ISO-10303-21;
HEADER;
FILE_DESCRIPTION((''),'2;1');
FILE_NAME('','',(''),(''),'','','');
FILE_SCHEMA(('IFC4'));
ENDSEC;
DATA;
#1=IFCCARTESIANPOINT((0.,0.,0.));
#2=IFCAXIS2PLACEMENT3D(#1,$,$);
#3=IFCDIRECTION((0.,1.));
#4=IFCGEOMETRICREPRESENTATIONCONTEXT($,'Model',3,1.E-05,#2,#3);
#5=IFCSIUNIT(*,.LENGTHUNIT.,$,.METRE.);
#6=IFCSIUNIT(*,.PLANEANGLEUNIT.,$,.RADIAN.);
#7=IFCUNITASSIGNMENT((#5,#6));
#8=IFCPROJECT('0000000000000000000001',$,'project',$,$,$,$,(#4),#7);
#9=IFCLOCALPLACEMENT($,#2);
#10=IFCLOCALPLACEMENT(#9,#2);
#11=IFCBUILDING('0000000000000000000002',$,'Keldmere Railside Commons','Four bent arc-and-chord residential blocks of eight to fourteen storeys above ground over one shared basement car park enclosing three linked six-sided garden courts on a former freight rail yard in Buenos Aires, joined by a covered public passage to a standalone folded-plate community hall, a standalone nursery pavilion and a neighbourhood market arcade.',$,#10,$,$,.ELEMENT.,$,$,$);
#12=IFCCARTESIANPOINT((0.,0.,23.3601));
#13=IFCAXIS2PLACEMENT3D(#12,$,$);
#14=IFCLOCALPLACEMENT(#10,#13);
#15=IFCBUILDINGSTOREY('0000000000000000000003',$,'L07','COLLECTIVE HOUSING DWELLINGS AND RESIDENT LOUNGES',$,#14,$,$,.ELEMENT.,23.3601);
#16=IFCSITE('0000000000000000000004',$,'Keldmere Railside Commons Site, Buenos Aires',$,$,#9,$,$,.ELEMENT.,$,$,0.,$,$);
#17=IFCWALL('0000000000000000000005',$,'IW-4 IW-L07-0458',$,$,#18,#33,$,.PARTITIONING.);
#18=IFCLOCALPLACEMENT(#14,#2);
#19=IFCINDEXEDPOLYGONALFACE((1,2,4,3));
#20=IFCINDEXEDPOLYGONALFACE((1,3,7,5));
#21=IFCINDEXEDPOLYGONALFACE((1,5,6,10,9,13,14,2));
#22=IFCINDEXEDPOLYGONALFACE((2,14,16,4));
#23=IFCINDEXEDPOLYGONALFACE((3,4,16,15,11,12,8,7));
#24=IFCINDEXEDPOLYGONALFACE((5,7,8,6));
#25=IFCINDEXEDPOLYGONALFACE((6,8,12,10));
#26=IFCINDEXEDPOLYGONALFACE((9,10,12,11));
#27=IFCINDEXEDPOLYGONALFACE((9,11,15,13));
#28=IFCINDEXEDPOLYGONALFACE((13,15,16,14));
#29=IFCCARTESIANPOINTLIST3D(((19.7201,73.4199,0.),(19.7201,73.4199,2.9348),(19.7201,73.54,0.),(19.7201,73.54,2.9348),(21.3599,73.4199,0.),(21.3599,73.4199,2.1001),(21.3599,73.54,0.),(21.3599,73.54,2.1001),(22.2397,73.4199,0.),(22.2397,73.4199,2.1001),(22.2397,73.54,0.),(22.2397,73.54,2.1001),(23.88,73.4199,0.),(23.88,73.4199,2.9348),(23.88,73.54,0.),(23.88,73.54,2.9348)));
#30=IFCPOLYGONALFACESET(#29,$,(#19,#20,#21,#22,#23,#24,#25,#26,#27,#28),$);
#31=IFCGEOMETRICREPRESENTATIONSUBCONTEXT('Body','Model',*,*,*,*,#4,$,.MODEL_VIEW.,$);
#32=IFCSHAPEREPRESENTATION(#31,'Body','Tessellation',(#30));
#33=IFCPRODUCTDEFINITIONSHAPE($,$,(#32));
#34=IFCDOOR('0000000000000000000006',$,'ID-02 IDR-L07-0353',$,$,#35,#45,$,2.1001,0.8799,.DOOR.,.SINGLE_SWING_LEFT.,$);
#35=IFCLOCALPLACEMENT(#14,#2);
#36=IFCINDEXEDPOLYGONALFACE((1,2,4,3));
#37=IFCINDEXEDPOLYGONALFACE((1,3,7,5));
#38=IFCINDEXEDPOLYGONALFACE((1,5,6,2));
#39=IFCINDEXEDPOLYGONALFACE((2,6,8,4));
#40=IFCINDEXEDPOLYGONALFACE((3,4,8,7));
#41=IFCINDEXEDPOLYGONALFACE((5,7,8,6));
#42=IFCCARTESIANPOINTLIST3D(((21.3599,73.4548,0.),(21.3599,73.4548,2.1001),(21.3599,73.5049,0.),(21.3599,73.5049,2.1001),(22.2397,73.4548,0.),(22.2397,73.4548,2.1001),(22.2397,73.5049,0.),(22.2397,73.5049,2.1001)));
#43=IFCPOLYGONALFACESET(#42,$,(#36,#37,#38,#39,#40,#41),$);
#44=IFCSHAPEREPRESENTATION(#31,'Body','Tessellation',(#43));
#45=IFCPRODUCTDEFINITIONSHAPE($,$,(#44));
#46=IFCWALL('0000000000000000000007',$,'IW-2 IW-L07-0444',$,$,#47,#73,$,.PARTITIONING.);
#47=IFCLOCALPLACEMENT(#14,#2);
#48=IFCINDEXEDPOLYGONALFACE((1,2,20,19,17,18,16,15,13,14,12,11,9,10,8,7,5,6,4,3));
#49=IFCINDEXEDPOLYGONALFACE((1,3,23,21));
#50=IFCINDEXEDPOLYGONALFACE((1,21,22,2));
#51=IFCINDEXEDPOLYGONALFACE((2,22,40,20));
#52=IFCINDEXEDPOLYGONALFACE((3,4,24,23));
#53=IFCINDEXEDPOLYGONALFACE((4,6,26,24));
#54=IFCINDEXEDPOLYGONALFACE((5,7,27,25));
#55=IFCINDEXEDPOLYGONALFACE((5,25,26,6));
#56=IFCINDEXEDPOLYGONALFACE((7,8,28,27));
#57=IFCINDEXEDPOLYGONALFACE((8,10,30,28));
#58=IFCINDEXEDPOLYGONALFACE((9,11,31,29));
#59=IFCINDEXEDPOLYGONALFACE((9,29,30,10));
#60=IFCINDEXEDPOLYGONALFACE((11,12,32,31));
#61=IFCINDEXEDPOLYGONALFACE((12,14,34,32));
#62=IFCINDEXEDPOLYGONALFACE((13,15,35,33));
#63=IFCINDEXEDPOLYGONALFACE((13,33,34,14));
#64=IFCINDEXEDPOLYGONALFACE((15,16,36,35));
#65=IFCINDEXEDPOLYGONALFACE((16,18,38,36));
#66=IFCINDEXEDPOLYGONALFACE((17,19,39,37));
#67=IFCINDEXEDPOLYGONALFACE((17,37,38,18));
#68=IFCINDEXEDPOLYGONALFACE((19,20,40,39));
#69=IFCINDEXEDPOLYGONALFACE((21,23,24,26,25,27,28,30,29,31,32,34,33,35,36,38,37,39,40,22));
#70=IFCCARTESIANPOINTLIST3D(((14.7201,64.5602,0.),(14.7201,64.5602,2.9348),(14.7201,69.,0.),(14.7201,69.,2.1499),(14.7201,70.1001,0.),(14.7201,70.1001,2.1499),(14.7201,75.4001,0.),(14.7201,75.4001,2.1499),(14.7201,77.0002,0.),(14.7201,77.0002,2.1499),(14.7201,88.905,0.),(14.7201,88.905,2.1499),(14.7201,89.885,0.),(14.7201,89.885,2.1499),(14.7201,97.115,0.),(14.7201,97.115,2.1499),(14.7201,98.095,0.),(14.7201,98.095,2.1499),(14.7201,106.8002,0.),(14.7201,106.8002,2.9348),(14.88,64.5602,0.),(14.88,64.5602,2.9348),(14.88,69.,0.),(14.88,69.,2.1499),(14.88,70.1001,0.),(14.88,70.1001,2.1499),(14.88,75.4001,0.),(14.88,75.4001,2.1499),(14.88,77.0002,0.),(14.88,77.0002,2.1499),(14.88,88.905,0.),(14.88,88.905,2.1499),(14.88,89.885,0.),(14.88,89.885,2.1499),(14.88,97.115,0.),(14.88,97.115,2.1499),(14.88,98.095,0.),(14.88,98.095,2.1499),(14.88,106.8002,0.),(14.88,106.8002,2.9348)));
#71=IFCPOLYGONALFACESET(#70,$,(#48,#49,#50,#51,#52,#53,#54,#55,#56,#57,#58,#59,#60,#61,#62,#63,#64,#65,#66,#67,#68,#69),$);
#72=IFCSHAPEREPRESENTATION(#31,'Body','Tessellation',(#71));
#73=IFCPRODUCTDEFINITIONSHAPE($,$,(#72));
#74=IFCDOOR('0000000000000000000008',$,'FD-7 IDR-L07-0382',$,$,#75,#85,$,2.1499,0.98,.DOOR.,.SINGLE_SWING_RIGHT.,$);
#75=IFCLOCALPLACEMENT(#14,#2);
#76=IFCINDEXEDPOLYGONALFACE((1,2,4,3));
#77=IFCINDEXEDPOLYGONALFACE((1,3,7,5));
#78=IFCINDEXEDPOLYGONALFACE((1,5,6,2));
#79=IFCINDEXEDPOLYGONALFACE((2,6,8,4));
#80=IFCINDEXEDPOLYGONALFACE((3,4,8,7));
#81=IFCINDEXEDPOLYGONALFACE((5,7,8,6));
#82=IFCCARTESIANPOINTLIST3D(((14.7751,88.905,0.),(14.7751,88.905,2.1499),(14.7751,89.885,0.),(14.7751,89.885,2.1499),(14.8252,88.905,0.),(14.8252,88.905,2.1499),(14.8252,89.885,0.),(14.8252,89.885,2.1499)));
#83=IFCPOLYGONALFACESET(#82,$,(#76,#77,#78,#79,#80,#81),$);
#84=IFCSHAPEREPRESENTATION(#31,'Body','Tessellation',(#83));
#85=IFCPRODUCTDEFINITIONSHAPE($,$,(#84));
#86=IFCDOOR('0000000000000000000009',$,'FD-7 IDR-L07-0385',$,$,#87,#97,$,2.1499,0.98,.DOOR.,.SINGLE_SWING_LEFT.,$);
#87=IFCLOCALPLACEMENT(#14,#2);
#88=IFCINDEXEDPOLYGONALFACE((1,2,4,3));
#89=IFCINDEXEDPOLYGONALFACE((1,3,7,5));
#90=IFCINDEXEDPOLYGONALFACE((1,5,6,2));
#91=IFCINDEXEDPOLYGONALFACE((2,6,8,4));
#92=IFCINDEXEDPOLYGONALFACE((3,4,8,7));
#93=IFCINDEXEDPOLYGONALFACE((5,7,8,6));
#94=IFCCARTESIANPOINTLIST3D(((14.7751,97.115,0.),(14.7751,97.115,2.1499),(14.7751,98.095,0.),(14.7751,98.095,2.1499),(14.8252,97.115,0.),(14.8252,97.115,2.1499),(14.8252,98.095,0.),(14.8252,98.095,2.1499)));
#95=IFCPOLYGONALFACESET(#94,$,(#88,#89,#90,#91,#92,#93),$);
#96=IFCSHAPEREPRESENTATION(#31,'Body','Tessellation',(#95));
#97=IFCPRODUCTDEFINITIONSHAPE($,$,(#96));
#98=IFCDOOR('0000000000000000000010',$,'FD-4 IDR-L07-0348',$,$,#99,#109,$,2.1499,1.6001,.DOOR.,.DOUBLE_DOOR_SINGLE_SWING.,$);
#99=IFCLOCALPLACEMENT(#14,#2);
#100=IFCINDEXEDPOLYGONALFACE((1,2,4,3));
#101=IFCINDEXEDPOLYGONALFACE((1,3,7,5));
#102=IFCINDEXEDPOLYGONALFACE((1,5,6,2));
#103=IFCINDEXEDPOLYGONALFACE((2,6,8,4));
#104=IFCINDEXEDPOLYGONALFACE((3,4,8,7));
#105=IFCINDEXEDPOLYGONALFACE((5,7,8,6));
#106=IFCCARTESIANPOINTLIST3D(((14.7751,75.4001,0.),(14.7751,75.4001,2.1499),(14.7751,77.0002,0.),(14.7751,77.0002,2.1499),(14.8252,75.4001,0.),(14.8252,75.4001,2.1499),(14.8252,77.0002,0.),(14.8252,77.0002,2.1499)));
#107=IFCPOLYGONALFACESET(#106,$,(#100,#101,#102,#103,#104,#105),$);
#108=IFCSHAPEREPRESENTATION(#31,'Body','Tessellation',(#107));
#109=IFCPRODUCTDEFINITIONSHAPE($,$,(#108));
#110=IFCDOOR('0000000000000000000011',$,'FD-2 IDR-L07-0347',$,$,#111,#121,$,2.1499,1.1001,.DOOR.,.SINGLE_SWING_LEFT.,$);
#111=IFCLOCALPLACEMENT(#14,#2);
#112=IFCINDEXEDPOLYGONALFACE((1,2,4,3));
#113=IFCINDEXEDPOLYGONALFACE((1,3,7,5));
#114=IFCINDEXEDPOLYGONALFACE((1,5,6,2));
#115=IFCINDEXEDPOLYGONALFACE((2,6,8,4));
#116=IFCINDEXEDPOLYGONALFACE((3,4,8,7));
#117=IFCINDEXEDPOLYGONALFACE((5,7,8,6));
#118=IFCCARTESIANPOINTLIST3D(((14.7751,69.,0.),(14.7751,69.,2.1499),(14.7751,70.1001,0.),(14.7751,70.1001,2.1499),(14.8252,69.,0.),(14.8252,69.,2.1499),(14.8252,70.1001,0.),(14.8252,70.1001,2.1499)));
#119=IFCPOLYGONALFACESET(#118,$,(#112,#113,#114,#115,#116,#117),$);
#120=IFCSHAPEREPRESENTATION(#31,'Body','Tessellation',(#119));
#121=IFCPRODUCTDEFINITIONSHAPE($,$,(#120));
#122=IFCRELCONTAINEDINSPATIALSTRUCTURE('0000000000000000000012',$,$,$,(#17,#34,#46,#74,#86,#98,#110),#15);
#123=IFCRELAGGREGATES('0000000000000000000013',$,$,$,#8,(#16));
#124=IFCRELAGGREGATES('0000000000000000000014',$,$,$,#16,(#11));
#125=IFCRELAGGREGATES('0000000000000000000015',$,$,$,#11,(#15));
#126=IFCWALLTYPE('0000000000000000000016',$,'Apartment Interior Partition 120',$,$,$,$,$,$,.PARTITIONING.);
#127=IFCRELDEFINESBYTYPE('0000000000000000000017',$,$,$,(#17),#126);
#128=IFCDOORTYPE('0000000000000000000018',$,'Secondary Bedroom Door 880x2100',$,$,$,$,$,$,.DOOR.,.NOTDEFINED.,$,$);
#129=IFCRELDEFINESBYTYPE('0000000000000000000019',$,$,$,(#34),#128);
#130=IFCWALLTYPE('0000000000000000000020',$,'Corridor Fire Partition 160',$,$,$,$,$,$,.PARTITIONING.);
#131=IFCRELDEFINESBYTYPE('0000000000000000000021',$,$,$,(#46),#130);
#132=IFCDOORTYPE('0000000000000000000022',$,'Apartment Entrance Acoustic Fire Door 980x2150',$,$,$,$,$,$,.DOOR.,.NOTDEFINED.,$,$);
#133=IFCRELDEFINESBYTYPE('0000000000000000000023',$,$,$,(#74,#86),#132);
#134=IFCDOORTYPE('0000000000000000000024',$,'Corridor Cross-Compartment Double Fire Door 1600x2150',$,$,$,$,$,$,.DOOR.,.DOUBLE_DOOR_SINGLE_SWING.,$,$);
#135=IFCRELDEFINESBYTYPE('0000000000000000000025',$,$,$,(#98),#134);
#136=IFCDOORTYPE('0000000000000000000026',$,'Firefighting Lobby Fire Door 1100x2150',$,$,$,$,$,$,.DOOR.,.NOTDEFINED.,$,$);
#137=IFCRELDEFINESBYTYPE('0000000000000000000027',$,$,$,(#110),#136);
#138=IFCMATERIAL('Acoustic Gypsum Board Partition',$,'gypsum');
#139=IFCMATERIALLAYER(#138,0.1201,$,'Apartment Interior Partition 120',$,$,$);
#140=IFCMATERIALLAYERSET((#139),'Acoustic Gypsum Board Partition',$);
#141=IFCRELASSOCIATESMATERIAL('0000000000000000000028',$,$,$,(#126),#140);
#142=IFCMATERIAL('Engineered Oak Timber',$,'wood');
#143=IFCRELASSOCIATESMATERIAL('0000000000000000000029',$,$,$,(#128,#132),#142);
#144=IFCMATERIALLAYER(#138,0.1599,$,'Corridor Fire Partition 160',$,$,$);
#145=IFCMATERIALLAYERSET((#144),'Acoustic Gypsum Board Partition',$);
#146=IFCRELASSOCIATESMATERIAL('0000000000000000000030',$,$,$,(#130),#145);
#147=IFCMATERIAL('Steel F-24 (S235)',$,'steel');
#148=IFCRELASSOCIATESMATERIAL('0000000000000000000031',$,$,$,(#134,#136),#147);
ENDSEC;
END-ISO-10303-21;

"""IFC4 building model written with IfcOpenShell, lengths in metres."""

from ifc_helpers import new_model, si_unit, direction, frame, frame_2d, origin, place, context, subcontext, project, spatial, rectangle, extrude, material, layer, layer_set, type_object, element, fill, save


model = new_model("IFC4")

# Units and contexts
model_context = context("Model", 3, precision=1e-05, world=origin(), true_north=direction((0.0, 1.0)))
body_context = subcontext(model_context, "Body", "Model", "MODEL_VIEW")
ifc_project = project(units=[si_unit("LENGTHUNIT", "METRE"), si_unit("PLANEANGLEUNIT", "RADIAN")], contexts=[model_context])

# Site, building, storey
site_placement = place(None, origin())
site = spatial("IfcSite", under=ifc_project, at=site_placement, Name="Keldmere Railside Commons Site, Buenos Aires", CompositionType="ELEMENT", RefElevation=0.0)
building_placement = place(site_placement, origin())
building = spatial("IfcBuilding", under=site, at=building_placement, Name="Keldmere Railside Commons", Description="Four bent arc-and-chord residential blocks of eight to fourteen storeys above ground over one shared basement car park enclosing three linked six-sided garden courts on a former freight rail yard in Buenos Aires, joined by a covered public passage to a standalone folded-plate community hall, a standalone nursery pavilion and a neighbourhood market arcade.", CompositionType="ELEMENT")
storey_placement = place(building_placement, frame((0.0, 0.0, 23.3601)))
storey = spatial("IfcBuildingStorey", under=building, at=storey_placement, Name="L07", Description="COLLECTIVE HOUSING DWELLINGS AND RESIDENT LOUNGES", CompositionType="ELEMENT", Elevation=23.3601)

# Shared definitions
ifc_material_1 = material(Name="Acoustic Gypsum Board Partition", Category="gypsum")
ifc_layer_1 = layer(ifc_material_1, 0.1201, Name="Apartment Interior Partition 120")
ifc_layer_set_1 = layer_set([ifc_layer_1], Name="Acoustic Gypsum Board Partition")
wall_type_1 = type_object("IfcWallType", Name="Apartment Interior Partition 120", PredefinedType="PARTITIONING", material=ifc_layer_set_1)
ifc_material_2 = material(Name="Engineered Oak Timber", Category="wood")

# Wall, opening, door
wall_1_placement = place(storey_placement, frame((19.72, 73.48, 0.0), z_axis=(0.0, 0.0, 1.0), x_axis=(1.0, 0.0, 0.0)))
wall_1 = element("IfcWall", 1, at=wall_1_placement, inside=storey, type_object=wall_type_1, Name="IW-4 IW-L07-0458", PredefinedType="PARTITIONING", context=body_context, shape_type="SweptSolid", body=[
    extrude(rectangle(XDim=4.1599, YDim=0.1201, at=frame_2d((2.0801, 0.0))), origin(), (0.0, 0.0, 1.0), 2.9348),
])
opening_1_placement = place(wall_1_placement, frame((1.6399, 0.0, 0.0)))
opening_1 = element("IfcOpeningElement", 2, at=opening_1_placement, cuts=wall_1, PredefinedType="OPENING", context=body_context, shape_type="SweptSolid", body=[
    extrude(rectangle(XDim=0.8799, YDim=2.1001, at=frame_2d((0.4399, 1.05))), frame((0.0, 0.0701, 0.0), z_axis=(0.0, -1.0, 0.0), x_axis=(1.0, 0.0, 0.0)), (0.0, 0.0, 1.0), 0.1401),
])
door_type_1 = type_object("IfcDoorType", Name="Secondary Bedroom Door 880x2100", OperationType="NOTDEFINED", PredefinedType="DOOR", material=ifc_material_2)
door_1_placement = place(opening_1_placement, origin())
door_1 = element("IfcDoor", 3, at=door_1_placement, inside=storey, type_object=door_type_1, Name="ID-02 IDR-L07-0353", OperationType="SINGLE_SWING_LEFT", OverallHeight=2.1001, OverallWidth=0.8799, PredefinedType="DOOR", context=body_context, shape_type="SweptSolid", body=[
    extrude(rectangle(XDim=0.8799, YDim=2.1001, at=frame_2d((0.4399, 1.05))), frame((0.0, 0.0249, 0.0), z_axis=(0.0, -1.0, 0.0), x_axis=(1.0, 0.0, 0.0)), (0.0, 0.0, 1.0), 0.05),
])
fill(opening_1, door_1)

# Wall, openings, doors
ifc_layer_2 = layer(ifc_material_1, 0.1599, Name="Corridor Fire Partition 160")
ifc_layer_set_2 = layer_set([ifc_layer_2], Name="Acoustic Gypsum Board Partition")
wall_type_2 = type_object("IfcWallType", Name="Corridor Fire Partition 160", PredefinedType="PARTITIONING", material=ifc_layer_set_2)
wall_2_placement = place(storey_placement, frame((14.8, 64.5601, 0.0), z_axis=(0.0, 0.0, 1.0), x_axis=(0.0, 1.0, 0.0)))
wall_2 = element("IfcWall", 4, at=wall_2_placement, inside=storey, type_object=wall_type_2, Name="IW-2 IW-L07-0444", PredefinedType="PARTITIONING", context=body_context, shape_type="SweptSolid", body=[
    extrude(rectangle(XDim=42.24, YDim=0.1599, at=frame_2d((21.1201, 0.0))), origin(), (0.0, 0.0, 1.0), 2.9348),
])
opening_2_placement = place(wall_2_placement, frame((4.4399, 0.0, 0.0)))
opening_2 = element("IfcOpeningElement", 5, at=opening_2_placement, cuts=wall_2, PredefinedType="OPENING", context=body_context, shape_type="SweptSolid", body=[
    extrude(rectangle(XDim=1.1001, YDim=2.1499, at=frame_2d((0.55, 1.075))), frame((0.0, 0.0898, 0.0), z_axis=(0.0, -1.0, 0.0), x_axis=(1.0, 0.0, 0.0)), (0.0, 0.0, 1.0), 0.1799),
])
opening_3_placement = place(wall_2_placement, frame((10.8401, 0.0, 0.0)))
opening_3 = element("IfcOpeningElement", 6, at=opening_3_placement, cuts=wall_2, PredefinedType="OPENING", context=body_context, shape_type="SweptSolid", body=[
    extrude(rectangle(XDim=1.6001, YDim=2.1499, at=frame_2d((0.8, 1.075))), frame((0.0, 0.0898, 0.0), z_axis=(0.0, -1.0, 0.0), x_axis=(1.0, 0.0, 0.0)), (0.0, 0.0, 1.0), 0.1799),
])
opening_4_placement = place(wall_2_placement, frame((24.345, 0.0, 0.0)))
opening_4 = element("IfcOpeningElement", 7, at=opening_4_placement, cuts=wall_2, PredefinedType="OPENING", context=body_context, shape_type="SweptSolid", body=[
    extrude(rectangle(XDim=0.98, YDim=2.1499, at=frame_2d((0.49, 1.075))), frame((0.0, 0.0898, 0.0), z_axis=(0.0, -1.0, 0.0), x_axis=(1.0, 0.0, 0.0)), (0.0, 0.0, 1.0), 0.1799),
])
opening_5_placement = place(wall_2_placement, frame((32.5549, 0.0, 0.0)))
opening_5 = element("IfcOpeningElement", 8, at=opening_5_placement, cuts=wall_2, PredefinedType="OPENING", context=body_context, shape_type="SweptSolid", body=[
    extrude(rectangle(XDim=0.98, YDim=2.1499, at=frame_2d((0.49, 1.075))), frame((0.0, 0.0898, 0.0), z_axis=(0.0, -1.0, 0.0), x_axis=(1.0, 0.0, 0.0)), (0.0, 0.0, 1.0), 0.1799),
])
door_type_2 = type_object("IfcDoorType", Name="Apartment Entrance Acoustic Fire Door 980x2150", OperationType="NOTDEFINED", PredefinedType="DOOR", material=ifc_material_2)
door_2_placement = place(opening_4_placement, origin())
door_2 = element("IfcDoor", 9, at=door_2_placement, inside=storey, type_object=door_type_2, Name="FD-7 IDR-L07-0382", OperationType="SINGLE_SWING_RIGHT", OverallHeight=2.1499, OverallWidth=0.98, PredefinedType="DOOR", context=body_context, shape_type="SweptSolid", body=[
    extrude(rectangle(XDim=0.98, YDim=2.1499, at=frame_2d((0.49, 1.075))), frame((0.0, 0.0249, 0.0), z_axis=(0.0, -1.0, 0.0), x_axis=(1.0, 0.0, 0.0)), (0.0, 0.0, 1.0), 0.05),
])
fill(opening_4, door_2)
door_3_placement = place(opening_5_placement, origin())
door_3 = element("IfcDoor", 10, at=door_3_placement, inside=storey, type_object=door_type_2, Name="FD-7 IDR-L07-0385", OperationType="SINGLE_SWING_LEFT", OverallHeight=2.1499, OverallWidth=0.98, PredefinedType="DOOR", context=body_context, shape_type="SweptSolid", body=[
    extrude(rectangle(XDim=0.98, YDim=2.1499, at=frame_2d((0.49, 1.075))), frame((0.0, 0.0249, 0.0), z_axis=(0.0, -1.0, 0.0), x_axis=(1.0, 0.0, 0.0)), (0.0, 0.0, 1.0), 0.05),
])
fill(opening_5, door_3)
ifc_material_3 = material(Name="Steel F-24 (S235)", Category="steel")
door_type_3 = type_object("IfcDoorType", Name="Corridor Cross-Compartment Double Fire Door 1600x2150", OperationType="DOUBLE_DOOR_SINGLE_SWING", PredefinedType="DOOR", material=ifc_material_3)
door_4_placement = place(opening_3_placement, origin())
door_4 = element("IfcDoor", 11, at=door_4_placement, inside=storey, type_object=door_type_3, Name="FD-4 IDR-L07-0348", OperationType="DOUBLE_DOOR_SINGLE_SWING", OverallHeight=2.1499, OverallWidth=1.6001, PredefinedType="DOOR", context=body_context, shape_type="SweptSolid", body=[
    extrude(rectangle(XDim=1.6001, YDim=2.1499, at=frame_2d((0.8, 1.075))), frame((0.0, 0.0249, 0.0), z_axis=(0.0, -1.0, 0.0), x_axis=(1.0, 0.0, 0.0)), (0.0, 0.0, 1.0), 0.05),
])
fill(opening_3, door_4)
door_type_4 = type_object("IfcDoorType", Name="Firefighting Lobby Fire Door 1100x2150", OperationType="NOTDEFINED", PredefinedType="DOOR", material=ifc_material_3)
door_5_placement = place(opening_2_placement, origin())
door_5 = element("IfcDoor", 12, at=door_5_placement, inside=storey, type_object=door_type_4, Name="FD-2 IDR-L07-0347", OperationType="SINGLE_SWING_LEFT", OverallHeight=2.1499, OverallWidth=1.1001, PredefinedType="DOOR", context=body_context, shape_type="SweptSolid", body=[
    extrude(rectangle(XDim=1.1001, YDim=2.1499, at=frame_2d((0.55, 1.075))), frame((0.0, 0.0249, 0.0), z_axis=(0.0, -1.0, 0.0), x_axis=(1.0, 0.0, 0.0)), (0.0, 0.0, 1.0), 0.05),
])
fill(opening_2, door_5)

save(model, "model.ifc")
